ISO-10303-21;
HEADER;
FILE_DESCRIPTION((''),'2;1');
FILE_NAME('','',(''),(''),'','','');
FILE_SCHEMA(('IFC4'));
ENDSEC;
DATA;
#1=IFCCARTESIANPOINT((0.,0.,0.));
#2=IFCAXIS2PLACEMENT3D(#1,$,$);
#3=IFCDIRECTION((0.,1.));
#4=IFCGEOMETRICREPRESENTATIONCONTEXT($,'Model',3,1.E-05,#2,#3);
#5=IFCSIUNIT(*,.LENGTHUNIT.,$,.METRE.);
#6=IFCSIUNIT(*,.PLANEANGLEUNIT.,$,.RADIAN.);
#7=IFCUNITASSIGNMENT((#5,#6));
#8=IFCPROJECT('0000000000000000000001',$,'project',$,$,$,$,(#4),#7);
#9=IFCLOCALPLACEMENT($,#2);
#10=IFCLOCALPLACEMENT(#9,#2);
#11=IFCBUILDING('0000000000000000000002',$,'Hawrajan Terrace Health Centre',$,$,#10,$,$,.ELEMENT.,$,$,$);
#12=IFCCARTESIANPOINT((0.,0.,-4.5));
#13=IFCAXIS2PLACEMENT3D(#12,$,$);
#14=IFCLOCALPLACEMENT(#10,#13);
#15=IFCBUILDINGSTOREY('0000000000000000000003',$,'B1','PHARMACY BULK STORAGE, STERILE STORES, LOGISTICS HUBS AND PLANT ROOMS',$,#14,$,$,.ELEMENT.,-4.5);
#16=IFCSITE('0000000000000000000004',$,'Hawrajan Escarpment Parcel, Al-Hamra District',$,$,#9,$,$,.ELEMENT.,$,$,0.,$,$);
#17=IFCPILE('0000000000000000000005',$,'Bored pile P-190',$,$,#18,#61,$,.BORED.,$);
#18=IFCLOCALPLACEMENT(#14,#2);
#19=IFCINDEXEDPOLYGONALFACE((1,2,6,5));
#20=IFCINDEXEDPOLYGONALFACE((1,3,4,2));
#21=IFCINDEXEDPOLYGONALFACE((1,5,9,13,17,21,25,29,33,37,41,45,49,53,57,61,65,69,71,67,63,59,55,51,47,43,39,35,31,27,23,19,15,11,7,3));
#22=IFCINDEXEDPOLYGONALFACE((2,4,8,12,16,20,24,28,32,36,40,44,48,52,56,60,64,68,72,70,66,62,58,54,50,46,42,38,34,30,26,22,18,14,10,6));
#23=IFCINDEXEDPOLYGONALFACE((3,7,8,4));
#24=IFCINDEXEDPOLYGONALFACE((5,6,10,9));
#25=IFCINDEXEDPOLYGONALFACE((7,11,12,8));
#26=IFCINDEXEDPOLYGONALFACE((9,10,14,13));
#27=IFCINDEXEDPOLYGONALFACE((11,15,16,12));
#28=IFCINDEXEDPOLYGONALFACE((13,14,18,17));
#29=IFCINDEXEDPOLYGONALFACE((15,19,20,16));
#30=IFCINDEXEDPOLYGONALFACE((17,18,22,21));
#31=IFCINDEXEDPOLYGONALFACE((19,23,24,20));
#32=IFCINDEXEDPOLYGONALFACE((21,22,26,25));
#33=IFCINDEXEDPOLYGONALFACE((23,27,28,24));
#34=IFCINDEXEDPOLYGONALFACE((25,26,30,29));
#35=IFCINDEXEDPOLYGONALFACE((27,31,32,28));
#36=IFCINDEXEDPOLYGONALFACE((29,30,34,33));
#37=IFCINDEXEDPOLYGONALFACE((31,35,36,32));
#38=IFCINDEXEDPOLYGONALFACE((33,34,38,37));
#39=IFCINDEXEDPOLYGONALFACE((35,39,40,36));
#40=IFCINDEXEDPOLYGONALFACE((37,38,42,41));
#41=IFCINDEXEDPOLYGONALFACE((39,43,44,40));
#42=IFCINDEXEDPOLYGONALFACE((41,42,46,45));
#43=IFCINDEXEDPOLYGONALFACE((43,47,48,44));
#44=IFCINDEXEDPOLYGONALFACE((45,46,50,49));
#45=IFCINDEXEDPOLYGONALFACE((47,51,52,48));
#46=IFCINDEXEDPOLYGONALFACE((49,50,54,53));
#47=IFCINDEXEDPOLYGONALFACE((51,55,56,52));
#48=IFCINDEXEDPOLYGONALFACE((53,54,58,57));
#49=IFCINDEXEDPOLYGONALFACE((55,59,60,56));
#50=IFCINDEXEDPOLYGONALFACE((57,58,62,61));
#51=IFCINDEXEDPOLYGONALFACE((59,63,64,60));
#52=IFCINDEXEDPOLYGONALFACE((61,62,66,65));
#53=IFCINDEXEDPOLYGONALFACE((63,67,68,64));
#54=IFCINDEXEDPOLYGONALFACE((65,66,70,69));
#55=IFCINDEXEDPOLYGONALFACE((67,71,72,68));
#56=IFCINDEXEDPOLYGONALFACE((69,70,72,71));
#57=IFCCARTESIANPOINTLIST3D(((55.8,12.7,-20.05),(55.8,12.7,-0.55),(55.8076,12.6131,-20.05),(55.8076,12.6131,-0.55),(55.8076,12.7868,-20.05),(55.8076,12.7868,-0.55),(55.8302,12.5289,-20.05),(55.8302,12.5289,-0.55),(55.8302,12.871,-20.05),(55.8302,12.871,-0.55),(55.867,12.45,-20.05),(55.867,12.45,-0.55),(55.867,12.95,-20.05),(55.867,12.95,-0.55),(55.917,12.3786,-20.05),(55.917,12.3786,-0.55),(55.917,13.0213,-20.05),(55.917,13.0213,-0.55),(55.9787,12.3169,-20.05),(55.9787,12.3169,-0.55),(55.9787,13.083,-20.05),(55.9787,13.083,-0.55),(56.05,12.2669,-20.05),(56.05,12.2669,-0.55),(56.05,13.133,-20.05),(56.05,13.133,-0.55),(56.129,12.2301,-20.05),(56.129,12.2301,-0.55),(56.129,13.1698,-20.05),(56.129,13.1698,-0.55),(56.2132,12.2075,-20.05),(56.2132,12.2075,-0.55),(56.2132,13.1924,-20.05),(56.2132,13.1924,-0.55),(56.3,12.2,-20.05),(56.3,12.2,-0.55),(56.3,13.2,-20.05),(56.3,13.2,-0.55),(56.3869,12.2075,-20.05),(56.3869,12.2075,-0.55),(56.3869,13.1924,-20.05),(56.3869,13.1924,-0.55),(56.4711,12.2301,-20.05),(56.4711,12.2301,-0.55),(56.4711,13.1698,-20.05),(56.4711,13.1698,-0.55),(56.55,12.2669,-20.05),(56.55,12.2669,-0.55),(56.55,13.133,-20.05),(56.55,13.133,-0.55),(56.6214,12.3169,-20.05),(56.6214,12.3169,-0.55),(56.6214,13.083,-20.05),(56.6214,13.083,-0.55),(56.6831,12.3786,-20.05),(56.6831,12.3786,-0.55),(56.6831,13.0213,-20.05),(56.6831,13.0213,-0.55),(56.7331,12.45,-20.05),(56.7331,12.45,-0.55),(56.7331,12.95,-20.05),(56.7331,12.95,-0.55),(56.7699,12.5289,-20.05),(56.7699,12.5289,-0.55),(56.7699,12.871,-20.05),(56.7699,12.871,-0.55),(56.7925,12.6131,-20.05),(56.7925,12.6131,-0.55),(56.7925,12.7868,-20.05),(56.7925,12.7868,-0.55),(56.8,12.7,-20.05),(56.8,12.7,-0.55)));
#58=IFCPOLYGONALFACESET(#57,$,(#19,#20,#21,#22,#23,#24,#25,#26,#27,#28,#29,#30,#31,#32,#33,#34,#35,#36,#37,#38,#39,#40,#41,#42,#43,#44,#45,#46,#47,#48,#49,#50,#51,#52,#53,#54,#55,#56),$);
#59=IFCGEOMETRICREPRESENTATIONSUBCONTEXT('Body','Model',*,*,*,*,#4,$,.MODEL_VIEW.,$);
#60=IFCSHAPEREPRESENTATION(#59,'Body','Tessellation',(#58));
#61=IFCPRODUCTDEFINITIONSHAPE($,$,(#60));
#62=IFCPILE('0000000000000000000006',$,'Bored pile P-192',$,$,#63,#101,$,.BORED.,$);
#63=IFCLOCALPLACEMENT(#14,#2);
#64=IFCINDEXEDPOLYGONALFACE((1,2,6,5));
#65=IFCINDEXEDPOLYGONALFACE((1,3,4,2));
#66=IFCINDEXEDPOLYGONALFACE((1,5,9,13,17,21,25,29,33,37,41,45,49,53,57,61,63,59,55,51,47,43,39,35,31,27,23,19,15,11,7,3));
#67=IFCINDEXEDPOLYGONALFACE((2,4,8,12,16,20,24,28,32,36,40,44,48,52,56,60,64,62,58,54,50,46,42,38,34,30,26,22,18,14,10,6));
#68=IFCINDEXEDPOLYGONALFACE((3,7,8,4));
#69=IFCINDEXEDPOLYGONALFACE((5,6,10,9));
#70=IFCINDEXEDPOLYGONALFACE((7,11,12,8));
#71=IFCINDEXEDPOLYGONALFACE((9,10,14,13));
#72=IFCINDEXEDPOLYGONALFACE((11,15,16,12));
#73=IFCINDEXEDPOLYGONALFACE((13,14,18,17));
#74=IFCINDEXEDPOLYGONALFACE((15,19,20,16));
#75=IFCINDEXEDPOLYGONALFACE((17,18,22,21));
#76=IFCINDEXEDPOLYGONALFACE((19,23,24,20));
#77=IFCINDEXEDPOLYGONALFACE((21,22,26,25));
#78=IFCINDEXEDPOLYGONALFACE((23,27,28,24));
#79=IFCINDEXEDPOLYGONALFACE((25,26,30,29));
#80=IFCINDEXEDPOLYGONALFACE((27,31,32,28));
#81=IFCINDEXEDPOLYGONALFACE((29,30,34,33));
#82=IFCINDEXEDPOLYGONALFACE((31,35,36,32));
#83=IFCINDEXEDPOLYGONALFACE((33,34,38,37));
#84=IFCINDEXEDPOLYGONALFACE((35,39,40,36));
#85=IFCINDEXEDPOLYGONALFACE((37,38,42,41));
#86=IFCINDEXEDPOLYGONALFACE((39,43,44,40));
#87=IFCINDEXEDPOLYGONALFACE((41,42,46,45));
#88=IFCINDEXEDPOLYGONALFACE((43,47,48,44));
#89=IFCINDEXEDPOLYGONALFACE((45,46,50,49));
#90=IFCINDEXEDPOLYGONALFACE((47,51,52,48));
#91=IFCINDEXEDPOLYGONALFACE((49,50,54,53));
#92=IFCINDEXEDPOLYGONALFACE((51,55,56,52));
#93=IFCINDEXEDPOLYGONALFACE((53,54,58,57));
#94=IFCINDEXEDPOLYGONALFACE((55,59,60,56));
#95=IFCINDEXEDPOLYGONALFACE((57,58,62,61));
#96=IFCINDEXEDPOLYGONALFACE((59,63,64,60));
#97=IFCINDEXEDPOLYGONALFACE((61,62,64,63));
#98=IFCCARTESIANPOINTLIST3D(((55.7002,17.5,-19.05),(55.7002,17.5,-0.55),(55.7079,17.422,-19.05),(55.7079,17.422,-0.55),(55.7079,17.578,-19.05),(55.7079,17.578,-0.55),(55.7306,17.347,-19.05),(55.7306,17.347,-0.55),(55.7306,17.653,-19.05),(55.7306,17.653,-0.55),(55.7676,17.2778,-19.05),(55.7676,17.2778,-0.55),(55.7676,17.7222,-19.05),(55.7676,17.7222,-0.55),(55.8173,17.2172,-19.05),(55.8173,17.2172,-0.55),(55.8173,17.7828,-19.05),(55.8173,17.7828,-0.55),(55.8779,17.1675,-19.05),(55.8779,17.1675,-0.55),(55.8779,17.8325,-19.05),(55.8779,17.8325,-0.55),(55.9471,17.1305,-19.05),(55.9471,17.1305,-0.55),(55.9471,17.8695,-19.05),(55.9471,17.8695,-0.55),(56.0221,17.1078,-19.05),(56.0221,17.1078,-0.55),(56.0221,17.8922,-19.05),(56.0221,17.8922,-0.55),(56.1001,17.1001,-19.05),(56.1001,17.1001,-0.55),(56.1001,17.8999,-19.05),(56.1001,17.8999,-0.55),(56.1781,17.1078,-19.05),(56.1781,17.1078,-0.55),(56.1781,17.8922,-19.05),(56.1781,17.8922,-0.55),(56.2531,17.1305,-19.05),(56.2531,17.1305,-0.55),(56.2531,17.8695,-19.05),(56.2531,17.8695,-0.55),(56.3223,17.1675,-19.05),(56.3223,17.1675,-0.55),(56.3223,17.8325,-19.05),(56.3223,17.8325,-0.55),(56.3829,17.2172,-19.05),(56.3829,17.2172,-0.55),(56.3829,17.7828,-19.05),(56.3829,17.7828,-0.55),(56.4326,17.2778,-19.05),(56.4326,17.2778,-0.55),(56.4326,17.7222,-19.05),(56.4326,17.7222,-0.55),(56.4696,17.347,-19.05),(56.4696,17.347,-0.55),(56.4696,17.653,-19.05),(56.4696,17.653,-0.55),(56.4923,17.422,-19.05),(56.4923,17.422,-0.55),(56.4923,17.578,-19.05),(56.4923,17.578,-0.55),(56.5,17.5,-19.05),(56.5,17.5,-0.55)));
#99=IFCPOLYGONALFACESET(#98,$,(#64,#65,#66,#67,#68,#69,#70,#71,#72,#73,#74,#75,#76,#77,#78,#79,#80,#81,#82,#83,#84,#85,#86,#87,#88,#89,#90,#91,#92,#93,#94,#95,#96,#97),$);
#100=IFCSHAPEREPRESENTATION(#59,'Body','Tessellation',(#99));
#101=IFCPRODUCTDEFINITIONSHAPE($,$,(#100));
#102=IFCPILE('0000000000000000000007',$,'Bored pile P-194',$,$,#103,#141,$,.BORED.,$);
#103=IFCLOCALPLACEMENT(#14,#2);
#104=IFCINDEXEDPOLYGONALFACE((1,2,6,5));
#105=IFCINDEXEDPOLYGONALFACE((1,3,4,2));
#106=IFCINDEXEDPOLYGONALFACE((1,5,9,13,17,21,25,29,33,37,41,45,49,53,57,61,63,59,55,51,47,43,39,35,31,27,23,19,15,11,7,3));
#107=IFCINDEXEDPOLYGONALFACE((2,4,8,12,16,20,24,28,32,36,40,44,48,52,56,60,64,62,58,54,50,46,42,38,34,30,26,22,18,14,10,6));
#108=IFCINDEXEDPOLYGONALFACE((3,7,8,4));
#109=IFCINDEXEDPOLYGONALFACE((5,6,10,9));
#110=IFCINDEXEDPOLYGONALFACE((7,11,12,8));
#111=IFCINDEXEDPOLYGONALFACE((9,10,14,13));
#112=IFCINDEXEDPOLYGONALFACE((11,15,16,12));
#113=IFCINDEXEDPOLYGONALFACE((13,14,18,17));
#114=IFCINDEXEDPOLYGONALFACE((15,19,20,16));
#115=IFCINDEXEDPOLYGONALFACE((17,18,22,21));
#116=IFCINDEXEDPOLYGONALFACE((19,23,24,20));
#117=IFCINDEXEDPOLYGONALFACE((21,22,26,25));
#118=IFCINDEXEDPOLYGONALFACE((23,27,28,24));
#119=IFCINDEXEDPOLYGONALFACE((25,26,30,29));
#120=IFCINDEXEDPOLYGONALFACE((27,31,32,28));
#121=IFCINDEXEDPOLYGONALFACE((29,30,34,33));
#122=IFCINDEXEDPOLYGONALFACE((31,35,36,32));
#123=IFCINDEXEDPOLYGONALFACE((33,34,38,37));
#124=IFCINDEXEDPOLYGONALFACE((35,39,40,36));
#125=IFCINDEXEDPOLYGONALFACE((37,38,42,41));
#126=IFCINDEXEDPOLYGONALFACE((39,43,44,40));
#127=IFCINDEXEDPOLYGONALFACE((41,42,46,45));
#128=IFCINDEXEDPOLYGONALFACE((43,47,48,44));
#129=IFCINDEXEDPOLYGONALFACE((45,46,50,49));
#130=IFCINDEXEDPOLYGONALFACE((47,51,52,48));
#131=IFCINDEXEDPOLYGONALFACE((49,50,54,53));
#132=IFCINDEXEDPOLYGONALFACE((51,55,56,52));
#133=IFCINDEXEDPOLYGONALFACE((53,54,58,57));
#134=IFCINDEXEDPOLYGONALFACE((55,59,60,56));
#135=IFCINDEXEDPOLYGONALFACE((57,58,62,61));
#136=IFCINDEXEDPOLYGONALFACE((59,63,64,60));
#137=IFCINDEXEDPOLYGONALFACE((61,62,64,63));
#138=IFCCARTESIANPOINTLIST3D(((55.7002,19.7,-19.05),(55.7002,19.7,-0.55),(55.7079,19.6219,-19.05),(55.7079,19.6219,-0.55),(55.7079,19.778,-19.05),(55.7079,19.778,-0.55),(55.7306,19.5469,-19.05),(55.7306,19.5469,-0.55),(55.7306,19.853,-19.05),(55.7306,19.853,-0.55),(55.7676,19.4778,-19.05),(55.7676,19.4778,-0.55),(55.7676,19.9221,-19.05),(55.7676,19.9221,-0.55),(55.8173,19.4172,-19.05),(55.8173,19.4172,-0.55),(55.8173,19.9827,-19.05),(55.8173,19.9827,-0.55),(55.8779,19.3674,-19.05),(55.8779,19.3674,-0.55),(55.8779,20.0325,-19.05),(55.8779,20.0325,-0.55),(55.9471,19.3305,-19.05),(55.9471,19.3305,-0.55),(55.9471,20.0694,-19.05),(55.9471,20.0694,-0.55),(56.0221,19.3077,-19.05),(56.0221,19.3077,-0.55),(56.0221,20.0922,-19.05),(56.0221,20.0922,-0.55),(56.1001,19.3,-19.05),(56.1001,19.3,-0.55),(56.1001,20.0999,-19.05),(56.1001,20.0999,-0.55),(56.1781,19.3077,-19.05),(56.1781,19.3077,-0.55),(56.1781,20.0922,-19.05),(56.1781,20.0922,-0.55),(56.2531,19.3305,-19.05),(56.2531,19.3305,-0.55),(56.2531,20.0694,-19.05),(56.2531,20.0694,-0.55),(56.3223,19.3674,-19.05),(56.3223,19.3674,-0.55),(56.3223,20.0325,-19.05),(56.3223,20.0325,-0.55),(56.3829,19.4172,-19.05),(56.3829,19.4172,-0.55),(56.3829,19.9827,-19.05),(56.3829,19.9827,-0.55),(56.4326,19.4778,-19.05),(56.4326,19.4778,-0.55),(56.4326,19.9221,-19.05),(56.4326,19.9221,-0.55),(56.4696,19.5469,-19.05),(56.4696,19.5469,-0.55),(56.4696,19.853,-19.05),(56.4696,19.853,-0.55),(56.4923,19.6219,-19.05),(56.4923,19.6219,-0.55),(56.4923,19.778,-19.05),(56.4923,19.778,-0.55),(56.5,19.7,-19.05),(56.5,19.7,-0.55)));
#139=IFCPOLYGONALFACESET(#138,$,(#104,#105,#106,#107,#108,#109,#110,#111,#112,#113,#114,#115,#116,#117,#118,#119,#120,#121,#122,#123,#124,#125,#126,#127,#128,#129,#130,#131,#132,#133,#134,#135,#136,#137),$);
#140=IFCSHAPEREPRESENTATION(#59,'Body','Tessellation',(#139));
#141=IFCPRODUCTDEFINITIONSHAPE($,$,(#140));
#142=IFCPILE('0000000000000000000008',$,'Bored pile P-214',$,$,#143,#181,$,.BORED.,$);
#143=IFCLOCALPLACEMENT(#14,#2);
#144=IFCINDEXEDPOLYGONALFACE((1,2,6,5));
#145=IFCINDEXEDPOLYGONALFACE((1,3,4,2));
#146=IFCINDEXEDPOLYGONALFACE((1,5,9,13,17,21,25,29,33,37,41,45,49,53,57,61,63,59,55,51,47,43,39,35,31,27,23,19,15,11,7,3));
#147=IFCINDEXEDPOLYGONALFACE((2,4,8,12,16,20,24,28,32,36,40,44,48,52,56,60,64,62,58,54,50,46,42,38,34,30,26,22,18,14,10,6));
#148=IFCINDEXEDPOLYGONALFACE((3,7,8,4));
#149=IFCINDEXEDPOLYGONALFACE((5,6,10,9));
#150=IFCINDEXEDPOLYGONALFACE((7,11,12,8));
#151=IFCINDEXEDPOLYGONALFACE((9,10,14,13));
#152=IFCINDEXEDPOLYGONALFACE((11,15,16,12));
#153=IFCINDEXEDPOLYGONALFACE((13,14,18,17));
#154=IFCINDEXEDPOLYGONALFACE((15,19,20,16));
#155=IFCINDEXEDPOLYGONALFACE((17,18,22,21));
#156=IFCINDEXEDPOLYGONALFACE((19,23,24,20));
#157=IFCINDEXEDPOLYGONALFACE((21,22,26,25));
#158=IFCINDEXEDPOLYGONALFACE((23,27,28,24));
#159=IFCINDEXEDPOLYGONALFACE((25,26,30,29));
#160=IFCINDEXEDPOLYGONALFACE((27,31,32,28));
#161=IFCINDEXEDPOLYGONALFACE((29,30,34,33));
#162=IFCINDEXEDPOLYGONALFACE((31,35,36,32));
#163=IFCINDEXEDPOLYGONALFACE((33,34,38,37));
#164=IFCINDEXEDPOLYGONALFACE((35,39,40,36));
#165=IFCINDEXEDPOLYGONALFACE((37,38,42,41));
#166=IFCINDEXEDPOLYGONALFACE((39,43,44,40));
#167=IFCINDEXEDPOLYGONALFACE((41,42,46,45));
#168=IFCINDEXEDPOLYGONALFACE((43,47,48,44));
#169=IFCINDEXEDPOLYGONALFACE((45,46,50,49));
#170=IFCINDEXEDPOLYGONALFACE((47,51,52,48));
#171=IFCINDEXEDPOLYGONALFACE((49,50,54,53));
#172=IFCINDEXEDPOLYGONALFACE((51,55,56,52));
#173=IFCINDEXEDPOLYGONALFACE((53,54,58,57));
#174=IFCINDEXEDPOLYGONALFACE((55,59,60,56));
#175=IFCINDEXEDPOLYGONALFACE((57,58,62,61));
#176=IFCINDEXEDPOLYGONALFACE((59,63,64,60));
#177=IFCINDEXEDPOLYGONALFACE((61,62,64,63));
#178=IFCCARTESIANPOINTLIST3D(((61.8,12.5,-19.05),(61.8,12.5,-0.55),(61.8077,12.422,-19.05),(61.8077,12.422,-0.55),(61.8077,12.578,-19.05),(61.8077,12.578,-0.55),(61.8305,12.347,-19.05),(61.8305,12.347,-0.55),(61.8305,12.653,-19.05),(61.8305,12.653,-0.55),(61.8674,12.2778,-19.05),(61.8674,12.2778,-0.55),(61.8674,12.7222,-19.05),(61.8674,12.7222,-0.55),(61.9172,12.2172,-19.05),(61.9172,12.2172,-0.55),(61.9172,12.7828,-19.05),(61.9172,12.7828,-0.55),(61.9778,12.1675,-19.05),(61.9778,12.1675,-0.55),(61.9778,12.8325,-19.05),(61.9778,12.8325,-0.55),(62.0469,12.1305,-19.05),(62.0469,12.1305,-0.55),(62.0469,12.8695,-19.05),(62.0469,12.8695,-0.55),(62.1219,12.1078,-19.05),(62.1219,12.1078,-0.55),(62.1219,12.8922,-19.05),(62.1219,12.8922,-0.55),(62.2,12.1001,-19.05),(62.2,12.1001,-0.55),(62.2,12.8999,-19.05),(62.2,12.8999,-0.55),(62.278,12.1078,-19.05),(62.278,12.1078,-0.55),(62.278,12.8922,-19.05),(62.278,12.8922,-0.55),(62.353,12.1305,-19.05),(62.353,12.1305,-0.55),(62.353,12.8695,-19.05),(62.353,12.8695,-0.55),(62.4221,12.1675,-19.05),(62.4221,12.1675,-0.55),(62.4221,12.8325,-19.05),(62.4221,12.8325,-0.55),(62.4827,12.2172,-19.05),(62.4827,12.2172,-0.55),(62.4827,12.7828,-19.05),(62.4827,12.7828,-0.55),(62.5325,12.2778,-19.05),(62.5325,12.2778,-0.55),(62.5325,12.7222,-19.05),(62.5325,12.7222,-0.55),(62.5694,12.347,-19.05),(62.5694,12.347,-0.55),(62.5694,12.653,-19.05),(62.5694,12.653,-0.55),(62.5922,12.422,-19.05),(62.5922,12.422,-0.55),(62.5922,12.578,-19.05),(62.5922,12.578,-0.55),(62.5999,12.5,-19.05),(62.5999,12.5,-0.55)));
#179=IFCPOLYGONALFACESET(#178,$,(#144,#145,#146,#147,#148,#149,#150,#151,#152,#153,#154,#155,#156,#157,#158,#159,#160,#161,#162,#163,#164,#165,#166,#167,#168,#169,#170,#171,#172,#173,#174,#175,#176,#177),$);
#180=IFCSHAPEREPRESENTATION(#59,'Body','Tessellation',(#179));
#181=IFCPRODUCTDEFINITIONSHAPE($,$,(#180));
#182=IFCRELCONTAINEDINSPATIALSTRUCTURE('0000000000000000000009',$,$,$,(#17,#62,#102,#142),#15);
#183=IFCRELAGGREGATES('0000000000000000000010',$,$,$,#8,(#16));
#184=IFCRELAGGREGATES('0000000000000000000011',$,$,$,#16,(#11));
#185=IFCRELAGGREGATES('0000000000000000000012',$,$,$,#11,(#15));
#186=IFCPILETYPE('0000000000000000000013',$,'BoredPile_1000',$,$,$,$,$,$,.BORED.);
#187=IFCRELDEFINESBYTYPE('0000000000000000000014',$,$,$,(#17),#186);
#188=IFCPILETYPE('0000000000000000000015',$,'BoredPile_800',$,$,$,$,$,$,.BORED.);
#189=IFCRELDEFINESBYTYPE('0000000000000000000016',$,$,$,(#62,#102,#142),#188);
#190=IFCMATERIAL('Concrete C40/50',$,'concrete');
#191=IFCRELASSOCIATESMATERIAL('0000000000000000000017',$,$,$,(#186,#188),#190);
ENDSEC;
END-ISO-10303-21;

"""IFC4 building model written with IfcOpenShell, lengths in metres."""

from ifc_helpers import new_model, si_unit, direction, frame, origin, origin_2d, place, context, subcontext, project, spatial, circle, extrude, material, material_profile, profile_set, type_object, element, save


model = new_model("IFC4")

# Units and contexts
model_context = context("Model", 3, precision=1e-05, world=origin(), true_north=direction((0.0, 1.0)))
body_context = subcontext(model_context, "Body", "Model", "MODEL_VIEW")
ifc_project = project(units=[si_unit("LENGTHUNIT", "METRE"), si_unit("PLANEANGLEUNIT", "RADIAN")], contexts=[model_context])

# Site, building, storey
site_placement = place(None, origin())
site = spatial("IfcSite", under=ifc_project, at=site_placement, Name="Hawrajan Escarpment Parcel, Al-Hamra District", CompositionType="ELEMENT", RefElevation=0.0)
building_placement = place(site_placement, origin())
building = spatial("IfcBuilding", under=site, at=building_placement, Name="Hawrajan Terrace Health Centre", CompositionType="ELEMENT")
storey_placement = place(building_placement, frame((0.0, 0.0, -4.5)))
storey = spatial("IfcBuildingStorey", under=building, at=storey_placement, Name="B1", Description="PHARMACY BULK STORAGE, STERILE STORES, LOGISTICS HUBS AND PLANT ROOMS", CompositionType="ELEMENT", Elevation=-4.5)

# Piles
ifc_material_1 = material(Name="Concrete C40/50", Category="concrete")
ifc_material_profile_1 = material_profile(ifc_material_1, circle(Radius=0.5, at=origin_2d()), Name="BP 1000")
ifc_profile_set_1 = profile_set([ifc_material_profile_1], Name="Concrete C40/50")
pile_type_1 = type_object("IfcPileType", Name="BoredPile_1000", PredefinedType="BORED", material=ifc_profile_set_1)
pile_placement = place(storey_placement, frame((56.3, 12.7, -0.55), z_axis=(0.0, 0.0, -1.0), x_axis=(1.0, 0.0, 0.0)))
element("IfcPile", 1, at=pile_placement, inside=storey, type_object=pile_type_1, Name="Bored pile P-190", PredefinedType="BORED", context=body_context, shape_type="SweptSolid", body=[
    extrude(circle(Radius=0.5, at=origin_2d()), origin(), (0.0, 0.0, 1.0), 19.5),
])
ifc_material_profile_2 = material_profile(ifc_material_1, circle(Radius=0.3999, at=origin_2d()), Name="BP 800")
ifc_profile_set_2 = profile_set([ifc_material_profile_2], Name="Concrete C40/50")
pile_type_2 = type_object("IfcPileType", Name="BoredPile_800", PredefinedType="BORED", material=ifc_profile_set_2)
for number, where, z_axis, x_axis, name in (
    (2, (56.1001, 17.5, -0.55), (0.0, 0.0, -1.0), (1.0, 0.0, 0.0), "Bored pile P-192"),
    (3, (56.1001, 19.7, -0.55), (0.0, 0.0, -1.0), (1.0, 0.0, 0.0), "Bored pile P-194"),
    (4, (62.2, 12.5, -0.55), (0.0, 0.0, -1.0), (1.0, 0.0, 0.0), "Bored pile P-214"),
):
    element("IfcPile", number, at=place(storey_placement, frame(where, z_axis=z_axis, x_axis=x_axis)), inside=storey, type_object=pile_type_2, Name=name, PredefinedType="BORED", context=body_context, shape_type="SweptSolid", body=[
        extrude(circle(Radius=0.3999, at=origin_2d()), origin(), (0.0, 0.0, 1.0), 18.5),
    ])

save(model, "model.ifc")
